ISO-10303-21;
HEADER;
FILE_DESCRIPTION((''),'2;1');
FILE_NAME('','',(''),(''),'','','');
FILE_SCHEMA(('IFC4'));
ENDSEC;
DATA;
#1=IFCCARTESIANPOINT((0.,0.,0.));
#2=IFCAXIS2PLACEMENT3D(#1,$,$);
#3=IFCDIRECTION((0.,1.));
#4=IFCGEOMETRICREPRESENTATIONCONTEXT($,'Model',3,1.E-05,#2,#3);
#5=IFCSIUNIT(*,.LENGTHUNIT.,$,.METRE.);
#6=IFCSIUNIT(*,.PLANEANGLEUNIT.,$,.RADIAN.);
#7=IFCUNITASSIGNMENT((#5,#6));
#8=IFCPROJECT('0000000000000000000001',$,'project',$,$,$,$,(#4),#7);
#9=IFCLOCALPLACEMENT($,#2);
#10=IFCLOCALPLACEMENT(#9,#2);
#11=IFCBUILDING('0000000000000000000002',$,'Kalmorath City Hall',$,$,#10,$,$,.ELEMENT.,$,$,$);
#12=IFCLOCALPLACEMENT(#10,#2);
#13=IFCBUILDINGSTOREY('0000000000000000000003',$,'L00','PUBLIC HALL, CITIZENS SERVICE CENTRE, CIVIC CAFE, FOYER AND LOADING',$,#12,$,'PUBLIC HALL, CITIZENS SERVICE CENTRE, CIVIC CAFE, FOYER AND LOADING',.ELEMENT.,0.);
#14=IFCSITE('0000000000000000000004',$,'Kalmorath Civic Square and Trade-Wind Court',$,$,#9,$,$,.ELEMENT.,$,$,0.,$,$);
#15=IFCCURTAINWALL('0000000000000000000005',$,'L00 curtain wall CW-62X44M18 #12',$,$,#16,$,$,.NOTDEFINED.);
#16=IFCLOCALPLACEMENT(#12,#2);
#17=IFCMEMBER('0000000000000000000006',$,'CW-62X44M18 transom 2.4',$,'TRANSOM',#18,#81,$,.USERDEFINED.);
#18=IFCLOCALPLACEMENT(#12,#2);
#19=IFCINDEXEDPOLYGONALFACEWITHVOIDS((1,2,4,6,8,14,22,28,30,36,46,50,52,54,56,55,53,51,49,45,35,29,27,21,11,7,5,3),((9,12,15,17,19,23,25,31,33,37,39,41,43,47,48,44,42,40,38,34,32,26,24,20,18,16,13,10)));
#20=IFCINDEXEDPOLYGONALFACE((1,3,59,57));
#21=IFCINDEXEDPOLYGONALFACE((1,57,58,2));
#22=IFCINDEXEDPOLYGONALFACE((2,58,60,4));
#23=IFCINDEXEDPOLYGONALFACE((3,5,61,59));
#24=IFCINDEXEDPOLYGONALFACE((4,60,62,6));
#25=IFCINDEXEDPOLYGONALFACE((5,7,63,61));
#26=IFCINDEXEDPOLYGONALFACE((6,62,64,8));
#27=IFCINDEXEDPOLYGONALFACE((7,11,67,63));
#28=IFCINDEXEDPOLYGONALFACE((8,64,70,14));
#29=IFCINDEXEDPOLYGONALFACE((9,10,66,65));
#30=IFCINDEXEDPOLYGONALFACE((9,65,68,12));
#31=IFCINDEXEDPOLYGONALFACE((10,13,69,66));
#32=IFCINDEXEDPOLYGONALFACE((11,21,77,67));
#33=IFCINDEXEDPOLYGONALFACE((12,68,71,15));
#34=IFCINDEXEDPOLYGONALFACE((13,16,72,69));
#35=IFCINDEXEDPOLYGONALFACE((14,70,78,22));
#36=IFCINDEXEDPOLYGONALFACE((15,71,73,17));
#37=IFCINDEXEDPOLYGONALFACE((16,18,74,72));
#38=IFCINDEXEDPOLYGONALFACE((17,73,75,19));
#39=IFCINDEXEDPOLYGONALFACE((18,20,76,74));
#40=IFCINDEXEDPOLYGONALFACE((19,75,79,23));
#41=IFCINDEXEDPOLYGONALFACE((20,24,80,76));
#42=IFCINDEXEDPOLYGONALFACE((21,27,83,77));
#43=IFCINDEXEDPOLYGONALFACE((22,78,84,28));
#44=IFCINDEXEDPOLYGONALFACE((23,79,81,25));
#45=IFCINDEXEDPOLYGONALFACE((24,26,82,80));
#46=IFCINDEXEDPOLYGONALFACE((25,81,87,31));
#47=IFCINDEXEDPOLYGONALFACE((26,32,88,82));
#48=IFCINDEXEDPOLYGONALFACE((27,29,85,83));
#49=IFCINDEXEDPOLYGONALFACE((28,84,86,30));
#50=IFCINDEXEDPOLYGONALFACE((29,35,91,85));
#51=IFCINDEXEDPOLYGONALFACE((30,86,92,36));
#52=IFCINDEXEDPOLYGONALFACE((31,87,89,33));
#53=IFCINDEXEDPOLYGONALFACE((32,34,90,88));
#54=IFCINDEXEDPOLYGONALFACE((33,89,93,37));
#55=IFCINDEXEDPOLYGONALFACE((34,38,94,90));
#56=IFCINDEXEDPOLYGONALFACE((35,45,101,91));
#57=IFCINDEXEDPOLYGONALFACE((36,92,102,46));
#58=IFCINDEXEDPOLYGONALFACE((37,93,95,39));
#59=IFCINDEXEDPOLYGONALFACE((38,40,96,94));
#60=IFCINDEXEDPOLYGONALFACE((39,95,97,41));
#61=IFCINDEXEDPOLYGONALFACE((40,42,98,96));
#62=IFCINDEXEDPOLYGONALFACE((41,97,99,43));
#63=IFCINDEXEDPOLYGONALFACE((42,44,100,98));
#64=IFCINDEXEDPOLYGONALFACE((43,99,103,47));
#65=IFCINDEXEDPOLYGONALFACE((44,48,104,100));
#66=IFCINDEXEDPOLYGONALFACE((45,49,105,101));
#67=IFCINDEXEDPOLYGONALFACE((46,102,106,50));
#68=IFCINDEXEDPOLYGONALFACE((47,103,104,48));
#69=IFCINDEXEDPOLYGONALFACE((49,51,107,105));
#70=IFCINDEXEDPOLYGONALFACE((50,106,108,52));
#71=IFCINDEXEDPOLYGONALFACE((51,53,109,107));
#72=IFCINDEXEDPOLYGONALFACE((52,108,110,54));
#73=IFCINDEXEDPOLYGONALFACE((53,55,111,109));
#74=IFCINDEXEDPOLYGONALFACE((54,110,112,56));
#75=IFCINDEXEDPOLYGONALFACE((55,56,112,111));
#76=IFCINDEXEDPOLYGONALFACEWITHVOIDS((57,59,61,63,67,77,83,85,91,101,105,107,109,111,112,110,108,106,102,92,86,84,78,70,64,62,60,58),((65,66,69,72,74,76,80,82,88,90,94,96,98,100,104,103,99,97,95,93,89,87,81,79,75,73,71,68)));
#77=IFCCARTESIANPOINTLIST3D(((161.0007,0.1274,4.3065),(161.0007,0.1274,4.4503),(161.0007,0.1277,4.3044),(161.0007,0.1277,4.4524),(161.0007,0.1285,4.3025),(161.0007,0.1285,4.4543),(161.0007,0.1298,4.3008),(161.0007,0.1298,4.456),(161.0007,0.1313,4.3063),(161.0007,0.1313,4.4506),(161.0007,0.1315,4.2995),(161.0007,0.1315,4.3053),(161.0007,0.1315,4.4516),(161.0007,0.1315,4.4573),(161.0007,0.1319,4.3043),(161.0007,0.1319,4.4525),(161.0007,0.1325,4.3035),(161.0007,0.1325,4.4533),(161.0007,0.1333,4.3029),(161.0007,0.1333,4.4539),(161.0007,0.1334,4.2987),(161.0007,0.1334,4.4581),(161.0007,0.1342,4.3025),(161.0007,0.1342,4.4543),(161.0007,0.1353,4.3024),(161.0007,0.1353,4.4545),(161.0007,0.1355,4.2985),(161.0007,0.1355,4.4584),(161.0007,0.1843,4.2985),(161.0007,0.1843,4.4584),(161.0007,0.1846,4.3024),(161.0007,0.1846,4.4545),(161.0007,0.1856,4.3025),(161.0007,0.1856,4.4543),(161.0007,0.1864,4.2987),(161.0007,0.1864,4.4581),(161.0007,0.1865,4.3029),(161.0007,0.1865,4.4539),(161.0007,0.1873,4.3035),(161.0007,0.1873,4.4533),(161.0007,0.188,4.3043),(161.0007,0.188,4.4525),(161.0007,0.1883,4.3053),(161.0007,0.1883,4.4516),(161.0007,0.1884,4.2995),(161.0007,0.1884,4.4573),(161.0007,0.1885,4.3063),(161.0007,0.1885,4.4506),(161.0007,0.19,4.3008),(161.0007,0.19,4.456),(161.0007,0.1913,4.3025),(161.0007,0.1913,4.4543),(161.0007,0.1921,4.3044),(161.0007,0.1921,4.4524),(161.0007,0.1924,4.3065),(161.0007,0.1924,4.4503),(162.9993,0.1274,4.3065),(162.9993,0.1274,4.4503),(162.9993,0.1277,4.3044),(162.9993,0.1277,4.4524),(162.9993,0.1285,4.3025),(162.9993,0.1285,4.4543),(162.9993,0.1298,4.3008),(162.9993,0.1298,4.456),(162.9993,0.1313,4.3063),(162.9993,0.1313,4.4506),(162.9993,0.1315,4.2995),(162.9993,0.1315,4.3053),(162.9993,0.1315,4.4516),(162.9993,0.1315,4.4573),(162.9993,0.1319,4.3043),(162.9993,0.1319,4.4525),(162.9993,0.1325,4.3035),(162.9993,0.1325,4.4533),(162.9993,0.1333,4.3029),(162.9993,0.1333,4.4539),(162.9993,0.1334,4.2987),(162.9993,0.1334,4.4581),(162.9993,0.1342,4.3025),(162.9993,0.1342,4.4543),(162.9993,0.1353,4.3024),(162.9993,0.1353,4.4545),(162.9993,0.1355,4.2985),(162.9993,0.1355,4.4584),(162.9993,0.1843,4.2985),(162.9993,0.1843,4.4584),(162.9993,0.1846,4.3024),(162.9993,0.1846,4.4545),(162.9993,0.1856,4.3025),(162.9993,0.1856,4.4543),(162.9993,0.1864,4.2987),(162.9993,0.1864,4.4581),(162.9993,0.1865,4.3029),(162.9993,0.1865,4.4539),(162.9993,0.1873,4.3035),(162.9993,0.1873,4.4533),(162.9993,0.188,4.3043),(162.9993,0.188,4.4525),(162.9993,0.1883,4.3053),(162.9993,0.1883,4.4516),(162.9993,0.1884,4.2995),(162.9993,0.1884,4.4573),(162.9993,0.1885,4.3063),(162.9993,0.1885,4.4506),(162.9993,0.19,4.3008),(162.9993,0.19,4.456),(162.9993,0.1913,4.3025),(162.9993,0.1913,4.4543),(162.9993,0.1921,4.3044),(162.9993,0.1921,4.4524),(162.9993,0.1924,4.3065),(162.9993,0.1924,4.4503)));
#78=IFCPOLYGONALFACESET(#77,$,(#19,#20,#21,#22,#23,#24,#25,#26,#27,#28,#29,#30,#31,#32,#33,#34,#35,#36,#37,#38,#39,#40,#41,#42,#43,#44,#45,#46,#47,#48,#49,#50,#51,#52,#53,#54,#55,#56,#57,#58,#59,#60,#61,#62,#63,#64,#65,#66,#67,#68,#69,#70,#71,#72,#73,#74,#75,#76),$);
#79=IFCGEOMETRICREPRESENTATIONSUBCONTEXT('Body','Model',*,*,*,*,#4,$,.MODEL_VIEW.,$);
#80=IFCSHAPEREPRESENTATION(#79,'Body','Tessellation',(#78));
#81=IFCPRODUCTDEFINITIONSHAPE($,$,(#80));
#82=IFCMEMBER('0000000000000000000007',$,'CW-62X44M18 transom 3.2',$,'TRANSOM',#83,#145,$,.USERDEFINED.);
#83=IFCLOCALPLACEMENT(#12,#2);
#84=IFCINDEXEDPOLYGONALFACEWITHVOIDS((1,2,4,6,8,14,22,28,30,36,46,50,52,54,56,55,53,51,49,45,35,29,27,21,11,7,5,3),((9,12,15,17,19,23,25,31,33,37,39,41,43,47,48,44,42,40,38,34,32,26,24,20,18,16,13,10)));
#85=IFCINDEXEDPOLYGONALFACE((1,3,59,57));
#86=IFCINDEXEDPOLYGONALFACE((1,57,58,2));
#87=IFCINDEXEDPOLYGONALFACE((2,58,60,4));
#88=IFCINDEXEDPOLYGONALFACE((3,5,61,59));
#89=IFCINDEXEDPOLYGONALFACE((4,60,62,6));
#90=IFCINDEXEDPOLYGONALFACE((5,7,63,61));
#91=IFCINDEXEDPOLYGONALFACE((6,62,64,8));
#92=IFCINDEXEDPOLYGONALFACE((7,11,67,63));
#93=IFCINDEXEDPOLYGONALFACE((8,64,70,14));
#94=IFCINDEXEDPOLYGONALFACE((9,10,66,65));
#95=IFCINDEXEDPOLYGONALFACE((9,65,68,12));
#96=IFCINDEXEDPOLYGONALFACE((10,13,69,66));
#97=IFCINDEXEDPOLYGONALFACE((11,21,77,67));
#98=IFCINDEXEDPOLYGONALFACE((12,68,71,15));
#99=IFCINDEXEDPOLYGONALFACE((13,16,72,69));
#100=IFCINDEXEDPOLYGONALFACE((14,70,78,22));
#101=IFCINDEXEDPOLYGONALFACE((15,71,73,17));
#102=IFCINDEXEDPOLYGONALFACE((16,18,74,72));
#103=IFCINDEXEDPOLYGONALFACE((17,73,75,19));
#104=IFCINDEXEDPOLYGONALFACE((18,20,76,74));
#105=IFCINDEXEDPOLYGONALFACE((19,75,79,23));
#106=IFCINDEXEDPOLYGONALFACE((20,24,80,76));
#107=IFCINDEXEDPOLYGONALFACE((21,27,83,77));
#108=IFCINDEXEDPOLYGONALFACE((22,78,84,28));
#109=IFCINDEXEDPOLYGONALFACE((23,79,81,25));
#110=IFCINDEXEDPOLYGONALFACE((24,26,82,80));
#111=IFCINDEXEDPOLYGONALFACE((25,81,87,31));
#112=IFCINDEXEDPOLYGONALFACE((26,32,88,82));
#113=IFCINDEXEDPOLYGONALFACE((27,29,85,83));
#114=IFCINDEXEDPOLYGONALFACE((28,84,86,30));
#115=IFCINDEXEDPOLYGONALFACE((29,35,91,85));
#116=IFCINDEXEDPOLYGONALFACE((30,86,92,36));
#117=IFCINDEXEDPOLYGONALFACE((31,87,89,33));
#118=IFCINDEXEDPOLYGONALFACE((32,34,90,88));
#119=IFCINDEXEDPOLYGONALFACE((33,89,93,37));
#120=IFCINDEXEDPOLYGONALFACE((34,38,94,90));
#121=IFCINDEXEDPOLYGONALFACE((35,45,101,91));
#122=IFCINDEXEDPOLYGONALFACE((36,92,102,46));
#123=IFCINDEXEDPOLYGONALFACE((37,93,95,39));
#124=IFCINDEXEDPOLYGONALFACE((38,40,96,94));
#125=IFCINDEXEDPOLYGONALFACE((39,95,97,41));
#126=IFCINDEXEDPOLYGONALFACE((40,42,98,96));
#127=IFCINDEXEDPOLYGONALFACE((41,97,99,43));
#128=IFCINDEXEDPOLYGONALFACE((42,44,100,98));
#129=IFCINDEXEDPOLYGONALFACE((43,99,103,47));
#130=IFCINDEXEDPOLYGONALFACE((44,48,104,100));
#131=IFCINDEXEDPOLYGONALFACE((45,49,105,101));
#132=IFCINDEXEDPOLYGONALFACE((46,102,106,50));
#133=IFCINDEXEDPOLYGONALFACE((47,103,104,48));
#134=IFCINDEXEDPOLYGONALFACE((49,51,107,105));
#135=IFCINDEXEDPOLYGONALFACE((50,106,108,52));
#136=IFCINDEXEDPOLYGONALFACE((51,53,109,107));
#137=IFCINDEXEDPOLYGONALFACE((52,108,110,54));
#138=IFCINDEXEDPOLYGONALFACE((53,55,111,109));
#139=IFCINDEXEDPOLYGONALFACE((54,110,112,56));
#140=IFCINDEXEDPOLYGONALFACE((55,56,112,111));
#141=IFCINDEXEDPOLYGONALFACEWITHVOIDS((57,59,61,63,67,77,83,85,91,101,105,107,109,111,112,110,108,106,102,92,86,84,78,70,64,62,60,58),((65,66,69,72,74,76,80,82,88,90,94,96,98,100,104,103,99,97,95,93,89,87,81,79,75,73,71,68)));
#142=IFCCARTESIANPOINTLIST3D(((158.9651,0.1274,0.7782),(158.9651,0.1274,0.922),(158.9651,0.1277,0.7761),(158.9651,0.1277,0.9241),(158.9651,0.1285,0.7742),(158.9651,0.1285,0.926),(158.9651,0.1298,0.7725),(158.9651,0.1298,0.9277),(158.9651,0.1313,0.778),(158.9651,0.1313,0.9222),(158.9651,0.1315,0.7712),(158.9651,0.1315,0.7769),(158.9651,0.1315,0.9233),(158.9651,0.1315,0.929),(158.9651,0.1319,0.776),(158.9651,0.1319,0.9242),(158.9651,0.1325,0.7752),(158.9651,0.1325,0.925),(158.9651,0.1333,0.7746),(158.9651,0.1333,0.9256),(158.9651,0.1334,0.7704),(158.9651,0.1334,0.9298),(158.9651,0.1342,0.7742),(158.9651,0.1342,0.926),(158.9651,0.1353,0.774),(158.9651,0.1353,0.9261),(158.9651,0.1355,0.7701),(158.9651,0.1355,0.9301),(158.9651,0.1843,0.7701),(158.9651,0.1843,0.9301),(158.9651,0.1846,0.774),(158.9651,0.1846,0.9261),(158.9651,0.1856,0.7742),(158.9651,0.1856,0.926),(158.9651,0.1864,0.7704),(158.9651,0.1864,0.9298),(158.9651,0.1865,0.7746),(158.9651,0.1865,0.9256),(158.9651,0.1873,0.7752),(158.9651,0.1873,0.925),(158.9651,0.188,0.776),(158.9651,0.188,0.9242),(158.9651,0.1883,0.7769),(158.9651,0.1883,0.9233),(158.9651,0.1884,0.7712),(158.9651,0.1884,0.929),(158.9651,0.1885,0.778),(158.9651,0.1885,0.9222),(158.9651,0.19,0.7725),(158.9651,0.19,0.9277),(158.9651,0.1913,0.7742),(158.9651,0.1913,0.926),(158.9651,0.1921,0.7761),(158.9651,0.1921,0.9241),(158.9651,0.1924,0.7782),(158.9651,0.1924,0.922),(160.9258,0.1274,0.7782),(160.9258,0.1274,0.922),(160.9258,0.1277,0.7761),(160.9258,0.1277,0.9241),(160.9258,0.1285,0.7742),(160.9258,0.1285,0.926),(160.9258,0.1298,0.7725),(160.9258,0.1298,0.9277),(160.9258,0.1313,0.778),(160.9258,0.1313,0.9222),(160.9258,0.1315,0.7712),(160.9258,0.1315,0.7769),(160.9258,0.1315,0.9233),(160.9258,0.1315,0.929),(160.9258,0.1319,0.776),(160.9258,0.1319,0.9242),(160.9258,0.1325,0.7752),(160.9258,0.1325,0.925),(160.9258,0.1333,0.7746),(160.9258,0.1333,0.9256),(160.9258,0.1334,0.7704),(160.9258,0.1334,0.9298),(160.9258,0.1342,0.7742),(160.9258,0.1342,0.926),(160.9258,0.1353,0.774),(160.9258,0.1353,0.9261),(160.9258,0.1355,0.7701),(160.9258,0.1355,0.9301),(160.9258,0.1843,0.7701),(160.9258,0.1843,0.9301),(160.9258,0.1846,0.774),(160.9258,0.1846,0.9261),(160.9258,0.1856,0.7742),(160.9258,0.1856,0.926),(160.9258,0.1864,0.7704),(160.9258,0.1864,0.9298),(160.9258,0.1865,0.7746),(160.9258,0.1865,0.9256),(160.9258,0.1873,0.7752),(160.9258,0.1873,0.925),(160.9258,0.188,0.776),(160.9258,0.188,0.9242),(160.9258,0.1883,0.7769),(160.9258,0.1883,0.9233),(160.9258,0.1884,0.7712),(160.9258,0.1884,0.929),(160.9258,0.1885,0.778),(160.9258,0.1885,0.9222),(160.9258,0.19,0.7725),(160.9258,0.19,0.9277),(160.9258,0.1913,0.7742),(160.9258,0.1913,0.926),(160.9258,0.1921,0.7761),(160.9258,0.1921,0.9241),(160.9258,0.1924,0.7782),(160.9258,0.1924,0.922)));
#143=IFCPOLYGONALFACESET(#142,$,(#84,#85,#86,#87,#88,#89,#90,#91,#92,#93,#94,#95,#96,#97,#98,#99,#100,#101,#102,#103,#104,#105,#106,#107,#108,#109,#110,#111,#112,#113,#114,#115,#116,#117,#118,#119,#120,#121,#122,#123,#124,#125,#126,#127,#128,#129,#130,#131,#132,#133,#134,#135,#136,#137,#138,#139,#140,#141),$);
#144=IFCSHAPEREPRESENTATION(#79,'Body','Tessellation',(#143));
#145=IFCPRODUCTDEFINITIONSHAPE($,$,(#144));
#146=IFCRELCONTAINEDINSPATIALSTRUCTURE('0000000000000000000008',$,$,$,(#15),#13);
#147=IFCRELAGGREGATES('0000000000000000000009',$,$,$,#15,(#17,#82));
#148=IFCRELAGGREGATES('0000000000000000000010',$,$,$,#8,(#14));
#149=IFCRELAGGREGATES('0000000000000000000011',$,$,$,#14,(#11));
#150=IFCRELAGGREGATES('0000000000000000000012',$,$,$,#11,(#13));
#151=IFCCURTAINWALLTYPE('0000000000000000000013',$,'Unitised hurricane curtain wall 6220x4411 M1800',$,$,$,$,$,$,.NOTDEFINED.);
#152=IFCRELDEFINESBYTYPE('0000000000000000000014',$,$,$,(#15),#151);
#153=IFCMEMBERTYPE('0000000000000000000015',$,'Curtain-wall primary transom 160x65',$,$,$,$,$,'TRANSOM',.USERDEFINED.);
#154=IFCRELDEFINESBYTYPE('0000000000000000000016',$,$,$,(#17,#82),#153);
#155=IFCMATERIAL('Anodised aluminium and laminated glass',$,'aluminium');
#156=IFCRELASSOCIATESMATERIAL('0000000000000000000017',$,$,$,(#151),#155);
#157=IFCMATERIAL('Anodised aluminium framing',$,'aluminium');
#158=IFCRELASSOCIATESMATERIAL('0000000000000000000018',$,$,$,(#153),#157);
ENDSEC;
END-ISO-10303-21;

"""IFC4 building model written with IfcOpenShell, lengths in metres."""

from ifc_helpers import new_model, si_unit, direction, frame, origin, origin_2d, place, context, subcontext, project, spatial, hollow_rectangle, extrude, material, material_profile, profile_set, type_object, element, aggregate, save


model = new_model("IFC4")

# Units and contexts
model_context = context("Model", 3, precision=1e-05, world=origin(), true_north=direction((0.0, 1.0)))
body_context = subcontext(model_context, "Body", "Model", "MODEL_VIEW")
ifc_project = project(units=[si_unit("LENGTHUNIT", "METRE"), si_unit("PLANEANGLEUNIT", "RADIAN")], contexts=[model_context])

# Site, building, storey
site_placement = place(None, origin())
site = spatial("IfcSite", under=ifc_project, at=site_placement, Name="Kalmorath Civic Square and Trade-Wind Court", CompositionType="ELEMENT", RefElevation=0.0)
building_placement = place(site_placement, origin())
building = spatial("IfcBuilding", under=site, at=building_placement, Name="Kalmorath City Hall", CompositionType="ELEMENT")
storey_placement = place(building_placement, origin())
storey = spatial("IfcBuildingStorey", under=building, at=storey_placement, Name="L00", Description="PUBLIC HALL, CITIZENS SERVICE CENTRE, CIVIC CAFE, FOYER AND LOADING", LongName="PUBLIC HALL, CITIZENS SERVICE CENTRE, CIVIC CAFE, FOYER AND LOADING", CompositionType="ELEMENT", Elevation=0.0)

# Curtain wall, members
ifc_material_1 = material(Name="Anodised aluminium and laminated glass", Category="aluminium")
curtain_wall_type = type_object("IfcCurtainWallType", Name="Unitised hurricane curtain wall 6220x4411 M1800", PredefinedType="NOTDEFINED", material=ifc_material_1)
curtain_wall_placement = place(storey_placement, origin())
curtain_wall = element("IfcCurtainWall", 1, at=curtain_wall_placement, inside=storey, type_object=curtain_wall_type, Name="L00 curtain wall CW-62X44M18 #12", PredefinedType="NOTDEFINED")
ifc_material_2 = material(Name="Anodised aluminium framing", Category="aluminium")
ifc_material_profile_1 = material_profile(ifc_material_2, hollow_rectangle(XDim=0.0649, YDim=0.1599, WallThickness=0.0039, InnerFilletRadius=0.0039, OuterFilletRadius=0.0081, at=origin_2d()), Name="ALU-TRN-160X65X4")
ifc_profile_set_1 = profile_set([ifc_material_profile_1], Name="Anodised aluminium framing")
member_type_1 = type_object("IfcMemberType", Name="Curtain-wall primary transom 160x65", ElementType="TRANSOM", PredefinedType="USERDEFINED", material=ifc_profile_set_1)
member_1_placement = place(storey_placement, frame((162.9993, 0.1599, 4.3784), z_axis=(-1.0, 0.0, 0.0), x_axis=(0.0, -1.0, 0.0)))
member_1 = element("IfcMember", 2, at=member_1_placement, type_object=member_type_1, Name="CW-62X44M18 transom 2.4", ObjectType="TRANSOM", PredefinedType="USERDEFINED", context=body_context, shape_type="SweptSolid", body=[
    extrude(hollow_rectangle(XDim=0.0649, YDim=0.1599, WallThickness=0.0039, InnerFilletRadius=0.0039, OuterFilletRadius=0.0081, at=origin_2d()), origin(), (0.0, 0.0, 1.0), 1.9985),
])
member_2_placement = place(storey_placement, frame((160.9258, 0.1599, 0.8501), z_axis=(-1.0, 0.0, 0.0), x_axis=(0.0, -1.0, 0.0)))
member_2 = element("IfcMember", 3, at=member_2_placement, type_object=member_type_1, Name="CW-62X44M18 transom 3.2", ObjectType="TRANSOM", PredefinedType="USERDEFINED", context=body_context, shape_type="SweptSolid", body=[
    extrude(hollow_rectangle(XDim=0.0649, YDim=0.1599, WallThickness=0.0039, InnerFilletRadius=0.0039, OuterFilletRadius=0.0081, at=origin_2d()), origin(), (0.0, 0.0, 1.0), 1.9607),
])
aggregate(curtain_wall, [member_1, member_2])

save(model, "model.ifc")
